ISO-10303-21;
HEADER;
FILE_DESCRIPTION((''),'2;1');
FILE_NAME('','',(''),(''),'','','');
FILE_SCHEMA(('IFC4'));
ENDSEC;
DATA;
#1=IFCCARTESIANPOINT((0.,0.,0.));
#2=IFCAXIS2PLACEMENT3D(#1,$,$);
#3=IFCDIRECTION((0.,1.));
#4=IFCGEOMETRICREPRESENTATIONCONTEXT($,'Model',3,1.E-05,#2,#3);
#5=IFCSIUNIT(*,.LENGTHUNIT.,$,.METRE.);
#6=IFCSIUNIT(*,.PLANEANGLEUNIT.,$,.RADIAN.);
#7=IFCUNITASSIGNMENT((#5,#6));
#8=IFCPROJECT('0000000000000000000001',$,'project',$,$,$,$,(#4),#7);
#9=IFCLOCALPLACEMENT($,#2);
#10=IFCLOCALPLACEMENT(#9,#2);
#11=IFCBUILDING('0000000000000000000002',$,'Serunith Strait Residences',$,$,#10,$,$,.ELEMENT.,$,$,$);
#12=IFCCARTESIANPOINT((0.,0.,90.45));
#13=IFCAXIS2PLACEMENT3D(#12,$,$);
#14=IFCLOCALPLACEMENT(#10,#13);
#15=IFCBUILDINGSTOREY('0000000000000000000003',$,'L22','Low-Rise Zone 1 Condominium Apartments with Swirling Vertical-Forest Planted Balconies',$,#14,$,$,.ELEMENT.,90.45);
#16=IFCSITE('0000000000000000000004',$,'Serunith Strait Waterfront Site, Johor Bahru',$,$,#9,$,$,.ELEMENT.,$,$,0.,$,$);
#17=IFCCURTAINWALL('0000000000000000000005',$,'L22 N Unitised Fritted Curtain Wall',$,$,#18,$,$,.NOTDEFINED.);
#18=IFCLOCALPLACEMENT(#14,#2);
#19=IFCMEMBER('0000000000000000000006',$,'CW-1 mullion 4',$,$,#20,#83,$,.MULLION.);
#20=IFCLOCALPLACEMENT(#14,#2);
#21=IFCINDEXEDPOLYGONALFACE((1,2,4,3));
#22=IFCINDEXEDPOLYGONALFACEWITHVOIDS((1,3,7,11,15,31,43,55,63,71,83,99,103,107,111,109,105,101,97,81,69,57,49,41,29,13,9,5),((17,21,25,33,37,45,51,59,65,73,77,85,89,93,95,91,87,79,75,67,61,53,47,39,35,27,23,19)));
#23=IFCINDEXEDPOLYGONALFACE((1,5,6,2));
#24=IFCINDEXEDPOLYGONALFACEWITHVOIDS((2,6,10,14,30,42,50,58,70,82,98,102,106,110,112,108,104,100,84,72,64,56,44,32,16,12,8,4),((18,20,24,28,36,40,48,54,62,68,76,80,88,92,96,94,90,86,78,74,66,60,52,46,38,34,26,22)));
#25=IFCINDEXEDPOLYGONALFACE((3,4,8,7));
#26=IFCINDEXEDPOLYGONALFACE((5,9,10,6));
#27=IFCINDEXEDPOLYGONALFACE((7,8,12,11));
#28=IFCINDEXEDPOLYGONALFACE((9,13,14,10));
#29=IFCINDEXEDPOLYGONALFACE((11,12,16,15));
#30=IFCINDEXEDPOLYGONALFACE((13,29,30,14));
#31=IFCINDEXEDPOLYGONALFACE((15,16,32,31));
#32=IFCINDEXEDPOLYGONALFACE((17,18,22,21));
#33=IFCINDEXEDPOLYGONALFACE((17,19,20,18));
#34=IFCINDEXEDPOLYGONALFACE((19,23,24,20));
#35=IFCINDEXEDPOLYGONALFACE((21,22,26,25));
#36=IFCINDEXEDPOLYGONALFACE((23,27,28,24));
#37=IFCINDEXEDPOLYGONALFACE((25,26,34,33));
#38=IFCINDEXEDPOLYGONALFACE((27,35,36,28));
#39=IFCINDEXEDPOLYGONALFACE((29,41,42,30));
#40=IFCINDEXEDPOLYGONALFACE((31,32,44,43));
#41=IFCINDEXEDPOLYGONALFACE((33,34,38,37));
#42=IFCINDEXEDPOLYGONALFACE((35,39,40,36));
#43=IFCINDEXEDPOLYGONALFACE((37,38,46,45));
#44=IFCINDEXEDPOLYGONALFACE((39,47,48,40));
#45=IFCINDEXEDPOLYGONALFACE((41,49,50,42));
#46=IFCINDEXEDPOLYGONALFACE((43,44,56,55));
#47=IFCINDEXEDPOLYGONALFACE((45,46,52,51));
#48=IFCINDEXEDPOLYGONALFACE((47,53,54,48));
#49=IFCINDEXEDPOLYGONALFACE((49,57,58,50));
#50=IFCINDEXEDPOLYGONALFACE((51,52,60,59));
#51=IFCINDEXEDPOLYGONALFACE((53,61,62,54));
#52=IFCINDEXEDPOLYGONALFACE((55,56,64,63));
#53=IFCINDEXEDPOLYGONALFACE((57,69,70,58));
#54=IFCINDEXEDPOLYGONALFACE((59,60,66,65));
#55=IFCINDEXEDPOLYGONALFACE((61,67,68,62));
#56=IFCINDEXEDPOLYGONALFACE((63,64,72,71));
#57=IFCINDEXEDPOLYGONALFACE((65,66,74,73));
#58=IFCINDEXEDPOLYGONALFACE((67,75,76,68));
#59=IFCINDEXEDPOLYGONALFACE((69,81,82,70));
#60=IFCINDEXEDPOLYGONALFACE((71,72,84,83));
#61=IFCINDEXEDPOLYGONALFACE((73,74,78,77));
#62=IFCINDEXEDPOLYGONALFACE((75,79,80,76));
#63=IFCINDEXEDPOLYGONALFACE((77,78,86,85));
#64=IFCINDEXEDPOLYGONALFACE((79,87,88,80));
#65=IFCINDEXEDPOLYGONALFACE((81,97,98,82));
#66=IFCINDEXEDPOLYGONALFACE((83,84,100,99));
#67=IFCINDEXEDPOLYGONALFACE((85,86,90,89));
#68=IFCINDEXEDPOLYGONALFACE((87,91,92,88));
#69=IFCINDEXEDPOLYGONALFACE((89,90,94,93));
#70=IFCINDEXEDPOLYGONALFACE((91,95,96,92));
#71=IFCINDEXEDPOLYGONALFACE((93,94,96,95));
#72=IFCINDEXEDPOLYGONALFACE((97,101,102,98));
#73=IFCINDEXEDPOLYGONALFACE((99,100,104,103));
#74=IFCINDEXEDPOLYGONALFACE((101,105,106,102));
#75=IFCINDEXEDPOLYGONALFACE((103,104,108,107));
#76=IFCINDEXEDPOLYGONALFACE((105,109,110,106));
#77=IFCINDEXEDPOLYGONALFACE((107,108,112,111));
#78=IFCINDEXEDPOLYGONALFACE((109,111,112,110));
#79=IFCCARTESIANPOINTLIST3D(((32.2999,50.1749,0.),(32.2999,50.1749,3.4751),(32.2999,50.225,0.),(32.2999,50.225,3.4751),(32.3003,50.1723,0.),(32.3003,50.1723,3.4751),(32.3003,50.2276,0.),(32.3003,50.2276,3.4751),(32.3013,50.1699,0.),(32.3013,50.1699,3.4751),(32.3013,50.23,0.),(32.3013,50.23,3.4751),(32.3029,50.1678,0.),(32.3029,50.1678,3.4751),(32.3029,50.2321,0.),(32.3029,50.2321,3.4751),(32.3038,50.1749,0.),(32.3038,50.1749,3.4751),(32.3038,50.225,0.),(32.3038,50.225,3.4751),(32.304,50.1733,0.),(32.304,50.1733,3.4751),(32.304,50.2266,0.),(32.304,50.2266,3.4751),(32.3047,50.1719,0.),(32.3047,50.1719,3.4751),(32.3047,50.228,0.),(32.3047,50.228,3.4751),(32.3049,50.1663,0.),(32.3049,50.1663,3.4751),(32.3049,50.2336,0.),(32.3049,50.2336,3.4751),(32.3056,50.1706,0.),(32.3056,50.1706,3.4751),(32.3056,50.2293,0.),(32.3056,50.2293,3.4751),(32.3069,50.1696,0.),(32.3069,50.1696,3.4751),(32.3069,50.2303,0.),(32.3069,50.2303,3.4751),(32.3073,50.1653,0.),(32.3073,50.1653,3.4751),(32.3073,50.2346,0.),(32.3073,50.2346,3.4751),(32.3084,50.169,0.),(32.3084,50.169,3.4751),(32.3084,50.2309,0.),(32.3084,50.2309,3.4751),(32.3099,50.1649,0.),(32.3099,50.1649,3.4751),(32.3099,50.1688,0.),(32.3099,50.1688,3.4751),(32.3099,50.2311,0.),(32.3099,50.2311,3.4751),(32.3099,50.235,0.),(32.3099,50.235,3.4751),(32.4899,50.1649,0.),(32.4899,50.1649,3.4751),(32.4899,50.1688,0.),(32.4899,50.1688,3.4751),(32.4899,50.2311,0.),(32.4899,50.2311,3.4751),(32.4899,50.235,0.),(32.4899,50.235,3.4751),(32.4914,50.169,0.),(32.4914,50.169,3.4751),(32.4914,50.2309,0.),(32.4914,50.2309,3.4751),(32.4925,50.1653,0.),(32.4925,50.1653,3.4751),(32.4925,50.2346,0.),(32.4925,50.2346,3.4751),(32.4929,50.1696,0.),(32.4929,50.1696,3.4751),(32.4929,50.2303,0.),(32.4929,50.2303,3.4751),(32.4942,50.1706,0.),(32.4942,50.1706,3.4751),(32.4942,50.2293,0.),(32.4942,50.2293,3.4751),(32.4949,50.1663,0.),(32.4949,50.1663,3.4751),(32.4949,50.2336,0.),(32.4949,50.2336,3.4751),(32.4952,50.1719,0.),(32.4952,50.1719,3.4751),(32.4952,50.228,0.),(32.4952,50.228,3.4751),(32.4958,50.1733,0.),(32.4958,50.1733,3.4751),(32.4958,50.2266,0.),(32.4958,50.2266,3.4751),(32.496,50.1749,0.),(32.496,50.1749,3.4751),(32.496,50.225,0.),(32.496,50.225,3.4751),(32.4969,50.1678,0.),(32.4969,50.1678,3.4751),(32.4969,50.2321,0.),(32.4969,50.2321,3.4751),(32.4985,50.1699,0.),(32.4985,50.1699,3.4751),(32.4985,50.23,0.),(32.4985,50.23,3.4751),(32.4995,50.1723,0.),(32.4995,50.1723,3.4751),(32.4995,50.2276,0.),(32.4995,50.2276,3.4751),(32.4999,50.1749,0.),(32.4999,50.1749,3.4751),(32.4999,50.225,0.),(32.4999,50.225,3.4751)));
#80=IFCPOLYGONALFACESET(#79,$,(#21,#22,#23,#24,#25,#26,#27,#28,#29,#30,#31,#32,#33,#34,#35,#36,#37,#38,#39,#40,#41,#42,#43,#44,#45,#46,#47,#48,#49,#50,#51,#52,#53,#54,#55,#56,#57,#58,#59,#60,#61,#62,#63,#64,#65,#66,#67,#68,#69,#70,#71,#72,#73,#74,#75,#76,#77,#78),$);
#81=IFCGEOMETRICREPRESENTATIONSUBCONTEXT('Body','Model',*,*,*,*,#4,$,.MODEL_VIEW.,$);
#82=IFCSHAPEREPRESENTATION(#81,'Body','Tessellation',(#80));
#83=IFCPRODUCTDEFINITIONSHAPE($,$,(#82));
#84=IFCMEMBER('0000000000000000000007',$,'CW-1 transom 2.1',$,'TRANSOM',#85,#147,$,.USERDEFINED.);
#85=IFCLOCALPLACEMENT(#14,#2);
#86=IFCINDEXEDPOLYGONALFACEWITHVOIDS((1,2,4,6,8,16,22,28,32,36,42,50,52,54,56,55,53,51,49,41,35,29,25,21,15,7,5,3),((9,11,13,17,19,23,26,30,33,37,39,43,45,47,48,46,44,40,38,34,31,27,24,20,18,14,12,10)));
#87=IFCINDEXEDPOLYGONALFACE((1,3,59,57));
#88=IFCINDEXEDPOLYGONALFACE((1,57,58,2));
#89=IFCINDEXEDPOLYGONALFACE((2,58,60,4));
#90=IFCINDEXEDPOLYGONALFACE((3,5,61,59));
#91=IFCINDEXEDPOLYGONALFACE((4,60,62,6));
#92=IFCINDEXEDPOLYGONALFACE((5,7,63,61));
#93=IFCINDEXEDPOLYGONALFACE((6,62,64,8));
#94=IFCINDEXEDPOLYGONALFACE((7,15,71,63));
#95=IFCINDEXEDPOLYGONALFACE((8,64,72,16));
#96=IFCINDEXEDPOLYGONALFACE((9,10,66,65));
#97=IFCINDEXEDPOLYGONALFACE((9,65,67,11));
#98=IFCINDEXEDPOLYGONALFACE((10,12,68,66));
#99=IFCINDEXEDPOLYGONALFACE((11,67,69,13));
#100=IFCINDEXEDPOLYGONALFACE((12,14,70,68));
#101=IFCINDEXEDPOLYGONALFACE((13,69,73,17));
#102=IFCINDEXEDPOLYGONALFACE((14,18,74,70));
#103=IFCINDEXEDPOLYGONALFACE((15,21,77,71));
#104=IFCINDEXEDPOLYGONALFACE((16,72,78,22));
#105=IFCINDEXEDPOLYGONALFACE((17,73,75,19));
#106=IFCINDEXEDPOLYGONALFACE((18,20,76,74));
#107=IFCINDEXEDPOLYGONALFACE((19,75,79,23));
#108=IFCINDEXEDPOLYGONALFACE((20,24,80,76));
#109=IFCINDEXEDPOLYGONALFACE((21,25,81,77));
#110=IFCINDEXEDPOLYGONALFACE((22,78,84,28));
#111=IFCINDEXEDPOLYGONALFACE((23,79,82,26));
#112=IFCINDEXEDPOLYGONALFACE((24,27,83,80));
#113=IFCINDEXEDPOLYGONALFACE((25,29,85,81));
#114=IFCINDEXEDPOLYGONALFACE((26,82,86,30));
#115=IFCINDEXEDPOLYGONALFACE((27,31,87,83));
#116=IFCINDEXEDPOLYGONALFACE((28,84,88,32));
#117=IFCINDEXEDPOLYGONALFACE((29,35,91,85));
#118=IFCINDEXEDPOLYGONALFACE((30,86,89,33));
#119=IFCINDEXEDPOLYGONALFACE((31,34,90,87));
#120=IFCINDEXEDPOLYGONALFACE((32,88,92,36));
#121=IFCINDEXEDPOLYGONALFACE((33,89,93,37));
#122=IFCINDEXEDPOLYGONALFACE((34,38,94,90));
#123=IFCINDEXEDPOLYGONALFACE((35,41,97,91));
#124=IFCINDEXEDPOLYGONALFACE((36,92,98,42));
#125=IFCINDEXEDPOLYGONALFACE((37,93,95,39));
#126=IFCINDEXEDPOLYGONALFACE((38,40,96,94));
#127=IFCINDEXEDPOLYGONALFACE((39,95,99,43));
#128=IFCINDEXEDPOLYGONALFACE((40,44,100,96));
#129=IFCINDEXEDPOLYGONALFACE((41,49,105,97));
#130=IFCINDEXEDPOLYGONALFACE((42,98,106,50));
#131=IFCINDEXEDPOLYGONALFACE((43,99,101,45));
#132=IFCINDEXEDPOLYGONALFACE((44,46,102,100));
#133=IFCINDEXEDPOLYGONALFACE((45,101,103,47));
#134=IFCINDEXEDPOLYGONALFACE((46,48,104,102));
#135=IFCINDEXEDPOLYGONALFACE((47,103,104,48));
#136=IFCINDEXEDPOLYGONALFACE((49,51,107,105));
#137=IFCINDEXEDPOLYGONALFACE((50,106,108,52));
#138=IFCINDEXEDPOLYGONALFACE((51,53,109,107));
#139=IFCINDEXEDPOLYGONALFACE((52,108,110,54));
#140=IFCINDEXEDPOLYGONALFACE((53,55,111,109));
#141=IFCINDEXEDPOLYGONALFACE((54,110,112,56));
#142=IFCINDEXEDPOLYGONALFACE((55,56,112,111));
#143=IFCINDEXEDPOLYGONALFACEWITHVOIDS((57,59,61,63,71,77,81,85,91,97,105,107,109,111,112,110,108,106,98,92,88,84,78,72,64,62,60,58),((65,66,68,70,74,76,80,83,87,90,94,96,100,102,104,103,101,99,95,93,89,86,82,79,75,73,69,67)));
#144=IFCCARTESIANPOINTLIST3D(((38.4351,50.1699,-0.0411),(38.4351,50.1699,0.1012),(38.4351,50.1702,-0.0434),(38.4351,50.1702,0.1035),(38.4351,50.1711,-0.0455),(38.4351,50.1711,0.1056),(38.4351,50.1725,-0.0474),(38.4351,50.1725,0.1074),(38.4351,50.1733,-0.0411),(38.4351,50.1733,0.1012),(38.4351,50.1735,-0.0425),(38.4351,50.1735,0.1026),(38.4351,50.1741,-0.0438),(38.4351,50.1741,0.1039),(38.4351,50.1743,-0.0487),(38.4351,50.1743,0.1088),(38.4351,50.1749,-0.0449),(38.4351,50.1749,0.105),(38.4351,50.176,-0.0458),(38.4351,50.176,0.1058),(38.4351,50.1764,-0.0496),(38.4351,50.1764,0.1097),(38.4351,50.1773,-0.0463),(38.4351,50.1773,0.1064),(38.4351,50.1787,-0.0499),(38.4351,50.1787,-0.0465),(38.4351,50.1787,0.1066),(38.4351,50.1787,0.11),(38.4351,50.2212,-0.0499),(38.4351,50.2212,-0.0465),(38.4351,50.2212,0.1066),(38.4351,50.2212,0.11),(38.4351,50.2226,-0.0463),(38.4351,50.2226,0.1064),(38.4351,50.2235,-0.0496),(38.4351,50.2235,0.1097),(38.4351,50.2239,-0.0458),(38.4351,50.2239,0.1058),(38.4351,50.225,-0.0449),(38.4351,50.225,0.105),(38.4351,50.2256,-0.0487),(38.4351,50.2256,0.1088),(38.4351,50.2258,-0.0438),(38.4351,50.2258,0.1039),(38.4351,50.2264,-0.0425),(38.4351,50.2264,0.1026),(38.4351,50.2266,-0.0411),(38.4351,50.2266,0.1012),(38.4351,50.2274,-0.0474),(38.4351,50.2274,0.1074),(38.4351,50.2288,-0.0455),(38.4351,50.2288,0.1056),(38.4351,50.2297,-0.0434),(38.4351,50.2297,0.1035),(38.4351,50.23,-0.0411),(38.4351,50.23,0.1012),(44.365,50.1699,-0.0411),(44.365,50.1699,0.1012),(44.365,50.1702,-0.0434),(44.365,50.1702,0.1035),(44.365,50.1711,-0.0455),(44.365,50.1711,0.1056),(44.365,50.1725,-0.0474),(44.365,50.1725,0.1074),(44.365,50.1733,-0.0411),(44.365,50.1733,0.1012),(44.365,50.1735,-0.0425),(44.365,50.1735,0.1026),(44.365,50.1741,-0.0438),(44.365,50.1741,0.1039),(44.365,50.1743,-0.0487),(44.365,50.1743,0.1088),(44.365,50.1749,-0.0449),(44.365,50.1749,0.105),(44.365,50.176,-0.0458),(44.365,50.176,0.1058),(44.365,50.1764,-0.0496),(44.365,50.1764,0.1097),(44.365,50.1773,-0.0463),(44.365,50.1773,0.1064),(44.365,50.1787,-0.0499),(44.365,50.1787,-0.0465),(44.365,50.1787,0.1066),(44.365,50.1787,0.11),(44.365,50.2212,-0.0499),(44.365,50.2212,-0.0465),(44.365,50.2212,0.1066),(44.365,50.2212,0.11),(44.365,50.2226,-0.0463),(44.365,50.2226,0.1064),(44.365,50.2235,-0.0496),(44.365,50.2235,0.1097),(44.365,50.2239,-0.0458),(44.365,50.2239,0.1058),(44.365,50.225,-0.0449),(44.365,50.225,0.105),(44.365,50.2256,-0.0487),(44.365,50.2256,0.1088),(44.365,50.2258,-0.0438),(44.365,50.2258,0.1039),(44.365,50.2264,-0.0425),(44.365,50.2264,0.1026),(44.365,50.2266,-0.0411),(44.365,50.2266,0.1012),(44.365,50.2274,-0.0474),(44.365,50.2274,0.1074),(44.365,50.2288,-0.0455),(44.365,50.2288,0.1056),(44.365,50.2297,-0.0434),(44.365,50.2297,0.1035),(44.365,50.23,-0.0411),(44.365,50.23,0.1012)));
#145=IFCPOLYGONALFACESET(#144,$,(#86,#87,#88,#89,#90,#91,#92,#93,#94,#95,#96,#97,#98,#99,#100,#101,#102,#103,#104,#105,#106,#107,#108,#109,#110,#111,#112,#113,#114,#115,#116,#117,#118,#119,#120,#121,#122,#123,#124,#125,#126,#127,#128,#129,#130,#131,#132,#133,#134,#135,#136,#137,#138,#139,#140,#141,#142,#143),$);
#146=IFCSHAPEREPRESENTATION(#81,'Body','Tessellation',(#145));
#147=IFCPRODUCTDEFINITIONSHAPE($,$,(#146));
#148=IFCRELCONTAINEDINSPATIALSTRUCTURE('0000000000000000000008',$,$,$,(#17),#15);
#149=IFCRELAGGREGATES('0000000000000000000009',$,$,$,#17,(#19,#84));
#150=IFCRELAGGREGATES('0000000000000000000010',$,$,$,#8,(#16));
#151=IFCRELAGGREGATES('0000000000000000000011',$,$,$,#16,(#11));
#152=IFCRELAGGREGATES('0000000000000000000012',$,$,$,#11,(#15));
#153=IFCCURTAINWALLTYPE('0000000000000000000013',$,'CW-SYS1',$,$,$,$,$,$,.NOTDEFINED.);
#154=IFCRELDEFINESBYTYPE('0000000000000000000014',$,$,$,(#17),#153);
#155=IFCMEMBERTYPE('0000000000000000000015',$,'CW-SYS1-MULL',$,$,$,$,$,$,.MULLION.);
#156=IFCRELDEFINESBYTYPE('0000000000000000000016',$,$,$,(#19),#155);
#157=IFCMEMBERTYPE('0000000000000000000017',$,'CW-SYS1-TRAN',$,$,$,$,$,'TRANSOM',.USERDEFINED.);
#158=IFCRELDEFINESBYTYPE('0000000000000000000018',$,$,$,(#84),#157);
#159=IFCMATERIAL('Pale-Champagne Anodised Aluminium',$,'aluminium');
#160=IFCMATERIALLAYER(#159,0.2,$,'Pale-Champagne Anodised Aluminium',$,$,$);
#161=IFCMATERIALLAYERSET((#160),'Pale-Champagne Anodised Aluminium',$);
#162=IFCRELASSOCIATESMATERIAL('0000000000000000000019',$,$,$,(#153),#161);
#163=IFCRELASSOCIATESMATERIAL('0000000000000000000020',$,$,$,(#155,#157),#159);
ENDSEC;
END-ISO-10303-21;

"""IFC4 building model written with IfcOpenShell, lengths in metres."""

from ifc_helpers import new_model, si_unit, direction, frame, origin, origin_2d, place, context, subcontext, project, spatial, hollow_rectangle, extrude, source, transform, mapped, material, layer, layer_set, material_profile, profile_set, type_object, element, aggregate, save


model = new_model("IFC4")

# Units and contexts
model_context = context("Model", 3, precision=1e-05, world=origin(), true_north=direction((0.0, 1.0)))
body_context = subcontext(model_context, "Body", "Model", "MODEL_VIEW")
ifc_project = project(units=[si_unit("LENGTHUNIT", "METRE"), si_unit("PLANEANGLEUNIT", "RADIAN")], contexts=[model_context])

# Site, building, storey
site_placement = place(None, origin())
site = spatial("IfcSite", under=ifc_project, at=site_placement, Name="Serunith Strait Waterfront Site, Johor Bahru", CompositionType="ELEMENT", RefElevation=0.0)
building_placement = place(site_placement, origin())
building = spatial("IfcBuilding", under=site, at=building_placement, Name="Serunith Strait Residences", CompositionType="ELEMENT")
storey_placement = place(building_placement, frame((0.0, 0.0, 90.45)))
storey = spatial("IfcBuildingStorey", under=building, at=storey_placement, Name="L22", Description="Low-Rise Zone 1 Condominium Apartments with Swirling Vertical-Forest Planted Balconies", CompositionType="ELEMENT", Elevation=90.45)

# Curtain wall, members
ifc_material_1 = material(Name="Pale-Champagne Anodised Aluminium", Category="aluminium")
ifc_layer_1 = layer(ifc_material_1, 0.2, Name="Pale-Champagne Anodised Aluminium")
ifc_layer_set_1 = layer_set([ifc_layer_1], Name="Pale-Champagne Anodised Aluminium")
curtain_wall_type = type_object("IfcCurtainWallType", Name="CW-SYS1", PredefinedType="NOTDEFINED", material=ifc_layer_set_1)
curtain_wall_placement = place(storey_placement, origin())
curtain_wall = element("IfcCurtainWall", 1, at=curtain_wall_placement, inside=storey, type_object=curtain_wall_type, Name="L22 N Unitised Fritted Curtain Wall", PredefinedType="NOTDEFINED")
ifc_material_profile_1 = material_profile(ifc_material_1, hollow_rectangle(XDim=0.0701, YDim=0.2, WallThickness=0.0039, InnerFilletRadius=0.0061, OuterFilletRadius=0.01, at=origin_2d()), Name="ALU 200x70x4")
ifc_profile_set_1 = profile_set([ifc_material_profile_1], Name="Pale-Champagne Anodised Aluminium")
member_type_1 = type_object("IfcMemberType", Name="CW-SYS1-MULL", PredefinedType="MULLION", material=ifc_profile_set_1)
shared_shape_1 = source(origin(), body_context, "Body", "SweptSolid", [
    extrude(hollow_rectangle(XDim=0.0701, YDim=0.2, WallThickness=0.0039, InnerFilletRadius=0.0061, OuterFilletRadius=0.01, at=origin_2d()), origin(), (0.0, 0.0, 1.0), 3.4751),
])
member_1_placement = place(storey_placement, frame((32.3999, 50.2, 0.0), z_axis=(0.0, 0.0, 1.0), x_axis=(0.0, -1.0, 0.0)))
member_1 = element("IfcMember", 2, at=member_1_placement, type_object=member_type_1, Name="CW-1 mullion 4", PredefinedType="MULLION", context=body_context, shape_type="MappedRepresentation", body=[
    mapped(shared_shape_1, transform((0.0, 0.0, 0.0), scale=1.0)),
])
ifc_material_profile_2 = material_profile(ifc_material_1, hollow_rectangle(XDim=0.0601, YDim=0.1599, WallThickness=0.0034, InnerFilletRadius=0.0054, OuterFilletRadius=0.0088, at=origin_2d()), Name="ALU 160x60x3.5")
ifc_profile_set_2 = profile_set([ifc_material_profile_2], Name="Pale-Champagne Anodised Aluminium")
member_type_2 = type_object("IfcMemberType", Name="CW-SYS1-TRAN", ElementType="TRANSOM", PredefinedType="USERDEFINED", material=ifc_profile_set_2)
shared_shape_2 = source(origin(), body_context, "Body", "SweptSolid", [
    extrude(hollow_rectangle(XDim=0.0601, YDim=0.1599, WallThickness=0.0034, InnerFilletRadius=0.0054, OuterFilletRadius=0.0088, at=origin_2d()), origin(), (0.0, 0.0, 1.0), 5.9299),
])
member_2_placement = place(storey_placement, frame((44.365, 50.2, 0.03), z_axis=(-1.0, 0.0, 0.0), x_axis=(0.0, -1.0, 0.0)))
member_2 = element("IfcMember", 3, at=member_2_placement, type_object=member_type_2, Name="CW-1 transom 2.1", ObjectType="TRANSOM", PredefinedType="USERDEFINED", context=body_context, shape_type="MappedRepresentation", body=[
    mapped(shared_shape_2, transform((0.0, 0.0, 0.0), scale=1.0)),
])
aggregate(curtain_wall, [member_1, member_2])

save(model, "model.ifc")
